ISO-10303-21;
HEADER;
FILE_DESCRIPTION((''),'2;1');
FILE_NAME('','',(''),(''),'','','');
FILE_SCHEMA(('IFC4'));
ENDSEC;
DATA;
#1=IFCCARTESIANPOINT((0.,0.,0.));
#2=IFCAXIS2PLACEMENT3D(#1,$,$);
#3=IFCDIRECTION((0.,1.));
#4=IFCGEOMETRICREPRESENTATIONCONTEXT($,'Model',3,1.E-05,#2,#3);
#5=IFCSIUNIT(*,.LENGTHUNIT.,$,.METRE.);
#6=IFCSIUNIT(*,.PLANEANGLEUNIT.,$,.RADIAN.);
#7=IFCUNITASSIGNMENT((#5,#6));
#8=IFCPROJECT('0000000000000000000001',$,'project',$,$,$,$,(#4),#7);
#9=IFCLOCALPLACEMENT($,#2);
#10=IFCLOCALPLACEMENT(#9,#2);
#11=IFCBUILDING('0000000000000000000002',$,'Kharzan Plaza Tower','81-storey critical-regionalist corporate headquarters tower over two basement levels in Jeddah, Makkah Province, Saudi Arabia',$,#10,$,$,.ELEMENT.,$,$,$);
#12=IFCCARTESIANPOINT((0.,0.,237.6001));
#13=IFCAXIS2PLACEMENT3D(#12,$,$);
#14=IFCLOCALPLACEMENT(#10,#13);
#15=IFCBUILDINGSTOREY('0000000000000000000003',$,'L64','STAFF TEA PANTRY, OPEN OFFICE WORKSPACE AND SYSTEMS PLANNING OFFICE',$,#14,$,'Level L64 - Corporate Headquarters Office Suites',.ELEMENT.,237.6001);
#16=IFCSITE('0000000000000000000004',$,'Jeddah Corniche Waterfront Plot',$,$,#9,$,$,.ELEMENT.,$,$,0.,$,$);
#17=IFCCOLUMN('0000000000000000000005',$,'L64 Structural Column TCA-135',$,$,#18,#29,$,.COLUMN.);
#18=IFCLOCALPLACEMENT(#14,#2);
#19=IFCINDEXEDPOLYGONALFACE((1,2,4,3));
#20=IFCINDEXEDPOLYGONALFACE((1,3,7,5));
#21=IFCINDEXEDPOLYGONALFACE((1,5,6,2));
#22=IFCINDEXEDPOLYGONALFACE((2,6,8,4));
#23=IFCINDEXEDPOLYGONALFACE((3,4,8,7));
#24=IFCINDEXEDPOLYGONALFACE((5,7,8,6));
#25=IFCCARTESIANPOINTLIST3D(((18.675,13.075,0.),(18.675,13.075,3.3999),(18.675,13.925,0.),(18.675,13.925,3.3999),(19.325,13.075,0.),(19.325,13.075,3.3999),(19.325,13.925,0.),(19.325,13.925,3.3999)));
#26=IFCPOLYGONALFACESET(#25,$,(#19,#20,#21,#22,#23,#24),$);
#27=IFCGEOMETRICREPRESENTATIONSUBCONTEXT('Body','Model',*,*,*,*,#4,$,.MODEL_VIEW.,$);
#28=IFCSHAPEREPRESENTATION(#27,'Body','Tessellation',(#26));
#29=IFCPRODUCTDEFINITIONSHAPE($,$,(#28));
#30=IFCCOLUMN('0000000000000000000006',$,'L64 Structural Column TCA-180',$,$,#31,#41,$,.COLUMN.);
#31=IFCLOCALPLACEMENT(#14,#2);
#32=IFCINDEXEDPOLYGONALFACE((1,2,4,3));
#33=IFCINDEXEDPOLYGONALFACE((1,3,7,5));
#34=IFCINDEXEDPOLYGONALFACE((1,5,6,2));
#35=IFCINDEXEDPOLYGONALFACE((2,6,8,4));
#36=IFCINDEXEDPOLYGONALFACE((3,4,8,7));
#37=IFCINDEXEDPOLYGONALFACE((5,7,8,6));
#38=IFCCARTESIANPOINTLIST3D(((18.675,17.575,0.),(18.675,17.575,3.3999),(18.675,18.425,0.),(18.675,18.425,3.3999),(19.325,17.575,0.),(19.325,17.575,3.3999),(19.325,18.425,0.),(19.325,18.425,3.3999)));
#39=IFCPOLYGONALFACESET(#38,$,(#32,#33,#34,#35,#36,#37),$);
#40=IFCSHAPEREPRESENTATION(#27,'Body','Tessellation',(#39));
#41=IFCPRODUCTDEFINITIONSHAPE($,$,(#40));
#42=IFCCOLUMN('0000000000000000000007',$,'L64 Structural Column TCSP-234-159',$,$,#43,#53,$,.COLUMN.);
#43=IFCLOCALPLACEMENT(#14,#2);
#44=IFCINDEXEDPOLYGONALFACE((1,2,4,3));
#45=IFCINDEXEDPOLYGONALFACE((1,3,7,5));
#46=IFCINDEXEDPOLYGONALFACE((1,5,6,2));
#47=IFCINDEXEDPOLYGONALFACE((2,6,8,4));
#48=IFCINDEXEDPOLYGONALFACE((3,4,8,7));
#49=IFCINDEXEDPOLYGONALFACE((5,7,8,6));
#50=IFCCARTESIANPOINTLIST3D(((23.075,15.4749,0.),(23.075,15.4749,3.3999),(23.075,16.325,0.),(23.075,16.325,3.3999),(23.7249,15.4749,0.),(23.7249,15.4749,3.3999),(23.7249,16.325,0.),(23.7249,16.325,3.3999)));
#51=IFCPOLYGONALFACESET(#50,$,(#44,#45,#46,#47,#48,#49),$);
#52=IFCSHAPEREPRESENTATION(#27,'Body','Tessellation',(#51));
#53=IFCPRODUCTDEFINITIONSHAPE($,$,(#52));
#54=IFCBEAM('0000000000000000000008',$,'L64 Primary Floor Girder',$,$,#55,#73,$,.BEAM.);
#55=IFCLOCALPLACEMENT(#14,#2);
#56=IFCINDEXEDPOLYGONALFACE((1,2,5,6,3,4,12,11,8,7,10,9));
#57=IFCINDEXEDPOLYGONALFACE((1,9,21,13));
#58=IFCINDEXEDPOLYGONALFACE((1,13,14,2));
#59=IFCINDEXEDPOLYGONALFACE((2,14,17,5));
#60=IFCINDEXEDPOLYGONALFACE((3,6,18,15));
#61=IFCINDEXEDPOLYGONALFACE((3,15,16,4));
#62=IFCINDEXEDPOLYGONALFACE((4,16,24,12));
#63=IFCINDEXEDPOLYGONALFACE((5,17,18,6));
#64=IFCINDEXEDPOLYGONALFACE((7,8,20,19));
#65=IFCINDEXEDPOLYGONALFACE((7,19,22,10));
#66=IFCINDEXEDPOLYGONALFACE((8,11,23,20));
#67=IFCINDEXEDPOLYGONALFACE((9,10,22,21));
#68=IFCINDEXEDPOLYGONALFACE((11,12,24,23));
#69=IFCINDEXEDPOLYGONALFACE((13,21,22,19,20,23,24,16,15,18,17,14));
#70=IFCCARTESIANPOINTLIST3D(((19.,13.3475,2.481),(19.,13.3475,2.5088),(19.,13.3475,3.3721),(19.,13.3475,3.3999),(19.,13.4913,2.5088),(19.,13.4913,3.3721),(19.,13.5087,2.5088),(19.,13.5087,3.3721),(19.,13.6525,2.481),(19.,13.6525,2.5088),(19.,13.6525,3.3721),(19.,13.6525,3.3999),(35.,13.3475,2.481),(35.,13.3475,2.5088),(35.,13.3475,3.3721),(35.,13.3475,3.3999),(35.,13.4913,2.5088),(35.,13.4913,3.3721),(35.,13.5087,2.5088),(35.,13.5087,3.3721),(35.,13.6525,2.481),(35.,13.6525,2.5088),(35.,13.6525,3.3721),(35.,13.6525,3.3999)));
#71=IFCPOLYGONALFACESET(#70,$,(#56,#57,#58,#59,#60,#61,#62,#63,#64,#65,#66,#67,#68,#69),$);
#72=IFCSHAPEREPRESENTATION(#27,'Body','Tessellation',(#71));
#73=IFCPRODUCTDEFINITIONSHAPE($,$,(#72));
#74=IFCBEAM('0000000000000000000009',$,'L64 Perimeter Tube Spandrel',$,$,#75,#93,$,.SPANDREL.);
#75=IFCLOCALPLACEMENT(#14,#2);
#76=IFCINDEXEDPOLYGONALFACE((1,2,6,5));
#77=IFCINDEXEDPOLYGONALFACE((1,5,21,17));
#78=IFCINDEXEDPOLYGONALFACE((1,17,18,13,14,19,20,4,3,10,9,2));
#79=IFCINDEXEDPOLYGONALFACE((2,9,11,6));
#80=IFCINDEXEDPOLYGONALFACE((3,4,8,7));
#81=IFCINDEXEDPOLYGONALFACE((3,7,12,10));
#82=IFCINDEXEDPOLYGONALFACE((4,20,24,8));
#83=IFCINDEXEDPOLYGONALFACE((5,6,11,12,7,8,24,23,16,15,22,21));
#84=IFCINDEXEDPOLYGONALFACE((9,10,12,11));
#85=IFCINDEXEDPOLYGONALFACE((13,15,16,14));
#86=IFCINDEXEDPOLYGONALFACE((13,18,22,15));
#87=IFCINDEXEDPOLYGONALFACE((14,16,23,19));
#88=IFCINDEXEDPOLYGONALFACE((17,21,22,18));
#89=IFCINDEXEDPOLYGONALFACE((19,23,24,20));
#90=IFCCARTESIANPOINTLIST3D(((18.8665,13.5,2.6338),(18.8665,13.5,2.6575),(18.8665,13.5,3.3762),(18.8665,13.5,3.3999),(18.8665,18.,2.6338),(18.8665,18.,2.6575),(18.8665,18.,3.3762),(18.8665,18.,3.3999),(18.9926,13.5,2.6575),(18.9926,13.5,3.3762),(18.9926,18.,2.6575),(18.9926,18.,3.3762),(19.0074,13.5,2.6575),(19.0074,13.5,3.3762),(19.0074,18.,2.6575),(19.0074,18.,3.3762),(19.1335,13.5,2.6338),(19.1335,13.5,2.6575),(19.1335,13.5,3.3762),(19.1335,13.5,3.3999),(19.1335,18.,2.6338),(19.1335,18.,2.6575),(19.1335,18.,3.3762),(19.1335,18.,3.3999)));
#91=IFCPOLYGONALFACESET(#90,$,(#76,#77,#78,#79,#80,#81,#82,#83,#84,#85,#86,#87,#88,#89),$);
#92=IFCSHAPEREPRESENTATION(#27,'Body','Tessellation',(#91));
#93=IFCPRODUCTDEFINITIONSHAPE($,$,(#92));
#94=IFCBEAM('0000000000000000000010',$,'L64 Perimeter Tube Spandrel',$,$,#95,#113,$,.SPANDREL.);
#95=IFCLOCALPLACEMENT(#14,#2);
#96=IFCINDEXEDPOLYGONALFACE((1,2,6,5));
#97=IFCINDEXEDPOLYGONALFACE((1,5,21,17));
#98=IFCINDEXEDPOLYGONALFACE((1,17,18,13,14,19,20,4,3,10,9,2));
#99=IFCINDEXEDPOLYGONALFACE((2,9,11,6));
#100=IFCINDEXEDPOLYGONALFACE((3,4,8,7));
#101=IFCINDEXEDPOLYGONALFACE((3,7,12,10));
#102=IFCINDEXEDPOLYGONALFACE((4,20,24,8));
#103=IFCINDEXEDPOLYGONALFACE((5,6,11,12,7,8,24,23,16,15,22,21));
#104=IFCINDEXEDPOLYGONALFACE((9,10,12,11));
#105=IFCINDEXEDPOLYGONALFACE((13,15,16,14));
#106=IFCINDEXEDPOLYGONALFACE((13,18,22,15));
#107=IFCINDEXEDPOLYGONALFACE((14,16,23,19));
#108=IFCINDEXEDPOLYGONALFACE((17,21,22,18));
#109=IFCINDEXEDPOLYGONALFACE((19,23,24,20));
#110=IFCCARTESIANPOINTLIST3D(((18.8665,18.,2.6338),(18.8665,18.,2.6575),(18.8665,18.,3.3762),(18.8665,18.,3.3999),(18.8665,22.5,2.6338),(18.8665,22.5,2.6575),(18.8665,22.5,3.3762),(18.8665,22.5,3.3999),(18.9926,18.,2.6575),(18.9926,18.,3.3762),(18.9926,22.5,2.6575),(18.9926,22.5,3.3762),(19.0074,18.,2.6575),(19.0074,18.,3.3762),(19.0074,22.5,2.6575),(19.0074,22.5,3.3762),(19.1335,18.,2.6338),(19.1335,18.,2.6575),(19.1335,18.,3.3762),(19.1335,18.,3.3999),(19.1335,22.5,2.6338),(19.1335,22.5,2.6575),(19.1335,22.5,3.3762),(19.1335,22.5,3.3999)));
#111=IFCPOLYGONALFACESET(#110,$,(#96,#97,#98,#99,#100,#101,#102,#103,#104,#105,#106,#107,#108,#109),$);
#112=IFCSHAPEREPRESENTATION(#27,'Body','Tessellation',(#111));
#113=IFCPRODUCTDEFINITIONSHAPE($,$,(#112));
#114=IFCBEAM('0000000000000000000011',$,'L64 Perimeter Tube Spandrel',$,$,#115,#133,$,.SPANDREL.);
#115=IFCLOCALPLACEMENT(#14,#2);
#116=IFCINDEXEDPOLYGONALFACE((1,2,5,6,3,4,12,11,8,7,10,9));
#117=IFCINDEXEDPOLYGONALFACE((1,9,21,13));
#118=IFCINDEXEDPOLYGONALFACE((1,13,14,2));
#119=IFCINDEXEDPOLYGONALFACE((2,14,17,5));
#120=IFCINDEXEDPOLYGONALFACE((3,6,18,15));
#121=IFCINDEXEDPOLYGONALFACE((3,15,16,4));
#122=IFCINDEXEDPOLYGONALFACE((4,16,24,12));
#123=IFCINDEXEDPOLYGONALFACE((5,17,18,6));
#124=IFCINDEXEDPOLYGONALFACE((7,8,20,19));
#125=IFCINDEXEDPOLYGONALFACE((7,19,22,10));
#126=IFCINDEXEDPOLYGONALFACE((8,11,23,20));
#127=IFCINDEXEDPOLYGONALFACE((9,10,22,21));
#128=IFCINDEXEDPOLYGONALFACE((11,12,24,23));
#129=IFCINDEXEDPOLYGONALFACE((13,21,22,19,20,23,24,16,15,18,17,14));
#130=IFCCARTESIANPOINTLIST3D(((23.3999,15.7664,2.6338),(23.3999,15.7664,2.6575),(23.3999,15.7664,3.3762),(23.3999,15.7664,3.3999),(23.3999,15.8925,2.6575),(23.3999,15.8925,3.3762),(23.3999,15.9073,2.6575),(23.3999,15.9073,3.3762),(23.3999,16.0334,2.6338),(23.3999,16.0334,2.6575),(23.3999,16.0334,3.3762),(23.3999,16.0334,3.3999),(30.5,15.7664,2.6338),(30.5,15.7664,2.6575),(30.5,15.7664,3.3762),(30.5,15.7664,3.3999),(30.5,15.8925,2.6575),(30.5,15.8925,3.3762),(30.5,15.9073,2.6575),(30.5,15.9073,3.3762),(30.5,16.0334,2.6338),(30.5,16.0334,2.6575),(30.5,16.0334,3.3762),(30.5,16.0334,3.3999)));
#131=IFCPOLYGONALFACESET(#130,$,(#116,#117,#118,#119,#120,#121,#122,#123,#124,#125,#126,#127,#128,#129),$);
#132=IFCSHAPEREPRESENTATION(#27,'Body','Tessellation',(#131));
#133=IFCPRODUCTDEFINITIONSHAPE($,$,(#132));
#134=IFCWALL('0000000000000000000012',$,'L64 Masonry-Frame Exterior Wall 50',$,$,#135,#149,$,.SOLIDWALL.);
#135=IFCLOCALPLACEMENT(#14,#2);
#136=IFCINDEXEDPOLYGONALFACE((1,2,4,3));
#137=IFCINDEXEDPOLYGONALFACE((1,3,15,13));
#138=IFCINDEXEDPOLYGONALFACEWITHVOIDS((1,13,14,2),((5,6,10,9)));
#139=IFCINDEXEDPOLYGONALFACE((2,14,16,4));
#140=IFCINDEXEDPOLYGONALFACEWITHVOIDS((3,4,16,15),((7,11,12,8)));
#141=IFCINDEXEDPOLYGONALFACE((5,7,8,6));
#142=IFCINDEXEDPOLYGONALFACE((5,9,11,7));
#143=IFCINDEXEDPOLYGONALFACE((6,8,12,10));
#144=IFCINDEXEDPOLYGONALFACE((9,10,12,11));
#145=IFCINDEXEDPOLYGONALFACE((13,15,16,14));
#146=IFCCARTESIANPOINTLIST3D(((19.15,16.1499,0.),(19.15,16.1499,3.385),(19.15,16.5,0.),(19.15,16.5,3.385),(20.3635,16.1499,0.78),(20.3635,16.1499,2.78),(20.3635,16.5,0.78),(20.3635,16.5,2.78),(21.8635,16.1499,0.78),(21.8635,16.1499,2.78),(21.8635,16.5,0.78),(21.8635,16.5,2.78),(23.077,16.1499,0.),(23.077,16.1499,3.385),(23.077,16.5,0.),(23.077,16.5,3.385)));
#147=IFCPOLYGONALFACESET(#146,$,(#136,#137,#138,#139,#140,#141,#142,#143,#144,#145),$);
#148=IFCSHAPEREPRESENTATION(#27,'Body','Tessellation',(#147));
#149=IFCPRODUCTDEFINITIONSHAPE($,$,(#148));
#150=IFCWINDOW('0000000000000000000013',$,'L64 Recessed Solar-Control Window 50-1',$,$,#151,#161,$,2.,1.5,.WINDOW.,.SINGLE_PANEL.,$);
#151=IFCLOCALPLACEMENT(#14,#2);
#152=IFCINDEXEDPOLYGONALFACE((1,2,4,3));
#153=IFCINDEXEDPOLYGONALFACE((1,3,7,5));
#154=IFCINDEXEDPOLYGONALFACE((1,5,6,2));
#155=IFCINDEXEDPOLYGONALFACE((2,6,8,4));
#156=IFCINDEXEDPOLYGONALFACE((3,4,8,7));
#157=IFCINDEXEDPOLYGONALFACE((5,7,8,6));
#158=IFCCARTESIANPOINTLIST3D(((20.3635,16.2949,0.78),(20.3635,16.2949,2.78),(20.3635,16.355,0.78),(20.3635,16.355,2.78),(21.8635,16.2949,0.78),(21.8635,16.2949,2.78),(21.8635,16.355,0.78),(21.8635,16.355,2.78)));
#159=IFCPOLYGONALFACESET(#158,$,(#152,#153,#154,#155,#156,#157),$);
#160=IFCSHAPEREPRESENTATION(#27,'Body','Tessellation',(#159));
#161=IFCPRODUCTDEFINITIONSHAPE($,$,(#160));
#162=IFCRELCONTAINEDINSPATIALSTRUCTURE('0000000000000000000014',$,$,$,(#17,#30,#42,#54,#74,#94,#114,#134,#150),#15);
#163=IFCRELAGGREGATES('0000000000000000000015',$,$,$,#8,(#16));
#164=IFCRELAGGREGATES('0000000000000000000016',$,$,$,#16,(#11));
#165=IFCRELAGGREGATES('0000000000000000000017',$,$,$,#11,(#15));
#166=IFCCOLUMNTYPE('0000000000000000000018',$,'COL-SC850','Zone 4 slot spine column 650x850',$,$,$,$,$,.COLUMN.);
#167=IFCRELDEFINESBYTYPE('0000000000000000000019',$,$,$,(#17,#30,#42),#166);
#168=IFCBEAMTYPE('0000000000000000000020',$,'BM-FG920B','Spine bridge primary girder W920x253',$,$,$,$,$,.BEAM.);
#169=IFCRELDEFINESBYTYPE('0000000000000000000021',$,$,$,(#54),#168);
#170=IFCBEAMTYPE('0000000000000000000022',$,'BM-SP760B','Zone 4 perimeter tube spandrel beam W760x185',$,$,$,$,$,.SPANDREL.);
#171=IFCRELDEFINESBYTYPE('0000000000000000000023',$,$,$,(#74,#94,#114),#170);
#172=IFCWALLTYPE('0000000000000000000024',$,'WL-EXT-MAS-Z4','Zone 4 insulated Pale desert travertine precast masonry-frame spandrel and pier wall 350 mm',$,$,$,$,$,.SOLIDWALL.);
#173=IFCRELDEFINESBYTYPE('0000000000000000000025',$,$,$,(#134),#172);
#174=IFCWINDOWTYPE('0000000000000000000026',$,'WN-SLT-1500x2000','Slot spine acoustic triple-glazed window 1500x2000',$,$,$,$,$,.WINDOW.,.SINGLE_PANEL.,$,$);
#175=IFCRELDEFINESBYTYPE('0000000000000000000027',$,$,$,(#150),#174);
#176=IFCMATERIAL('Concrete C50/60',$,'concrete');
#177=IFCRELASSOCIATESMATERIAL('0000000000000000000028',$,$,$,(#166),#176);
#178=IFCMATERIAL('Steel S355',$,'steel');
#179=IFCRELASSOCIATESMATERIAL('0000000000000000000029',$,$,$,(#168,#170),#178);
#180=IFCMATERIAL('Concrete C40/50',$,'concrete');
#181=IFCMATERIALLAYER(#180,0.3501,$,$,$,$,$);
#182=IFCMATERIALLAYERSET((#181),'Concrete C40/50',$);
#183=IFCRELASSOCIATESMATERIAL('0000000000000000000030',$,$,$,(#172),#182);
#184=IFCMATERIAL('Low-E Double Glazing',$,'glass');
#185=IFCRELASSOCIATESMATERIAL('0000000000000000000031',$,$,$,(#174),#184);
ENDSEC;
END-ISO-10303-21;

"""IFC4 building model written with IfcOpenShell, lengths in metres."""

from ifc_helpers import new_model, si_unit, direction, frame, frame_2d, origin, origin_2d, place, context, subcontext, project, spatial, rectangle, i_section, extrude, source, transform, mapped, material, layer, layer_set, material_profile, profile_set, type_object, element, fill, save


model = new_model("IFC4")

# Units and contexts
model_context = context("Model", 3, precision=1e-05, world=origin(), true_north=direction((0.0, 1.0)))
body_context = subcontext(model_context, "Body", "Model", "MODEL_VIEW")
ifc_project = project(units=[si_unit("LENGTHUNIT", "METRE"), si_unit("PLANEANGLEUNIT", "RADIAN")], contexts=[model_context])

# Site, building, storey
site_placement = place(None, origin())
site = spatial("IfcSite", under=ifc_project, at=site_placement, Name="Jeddah Corniche Waterfront Plot", CompositionType="ELEMENT", RefElevation=0.0)
building_placement = place(site_placement, origin())
building = spatial("IfcBuilding", under=site, at=building_placement, Name="Kharzan Plaza Tower", Description="81-storey critical-regionalist corporate headquarters tower over two basement levels in Jeddah, Makkah Province, Saudi Arabia", CompositionType="ELEMENT")
storey_placement = place(building_placement, frame((0.0, 0.0, 237.6001)))
storey = spatial("IfcBuildingStorey", under=building, at=storey_placement, Name="L64", Description="STAFF TEA PANTRY, OPEN OFFICE WORKSPACE AND SYSTEMS PLANNING OFFICE", LongName="Level L64 - Corporate Headquarters Office Suites", CompositionType="ELEMENT", Elevation=237.6001)

# Columns
ifc_material_1 = material(Name="Concrete C50/60", Category="concrete")
ifc_material_profile_1 = material_profile(ifc_material_1, rectangle(XDim=0.6499, YDim=0.8501, at=origin_2d()), Name="RC-SC850x650")
ifc_profile_set_1 = profile_set([ifc_material_profile_1], Name="Concrete C50/60")
column_type = type_object("IfcColumnType", Name="COL-SC850", Description="Zone 4 slot spine column 650x850", PredefinedType="COLUMN", material=ifc_profile_set_1)
shared_shape_1 = source(origin(), body_context, "Body", "SweptSolid", [
    extrude(rectangle(XDim=0.6499, YDim=0.8501, at=origin_2d()), origin(), (0.0, 0.0, 1.0), 3.3999),
])
for number, where, z_axis, x_axis, name in (
    (1, (19.0, 13.5, 0.0), (0.0, 0.0, 1.0), (1.0, 0.0, 0.0), "L64 Structural Column TCA-135"),
    (2, (19.0, 18.0, 0.0), (0.0, 0.0, 1.0), (1.0, 0.0, 0.0), "L64 Structural Column TCA-180"),
    (3, (23.3999, 15.8999, 0.0), (0.0, 0.0, 1.0), (1.0, 0.0, 0.0), "L64 Structural Column TCSP-234-159"),
):
    element("IfcColumn", number, at=place(storey_placement, frame(where, z_axis=z_axis, x_axis=x_axis)), inside=storey, type_object=column_type, Name=name, PredefinedType="COLUMN", context=body_context, shape_type="MappedRepresentation", body=[
        mapped(shared_shape_1, transform((0.0, 0.0, 0.0), x_axis=(1.0, 0.0, 0.0), y_axis=(0.0, 1.0, 0.0), z_axis=(0.0, 0.0, 1.0))),
    ])

# Beams
ifc_material_2 = material(Name="Steel S355", Category="steel")
ifc_material_profile_2 = material_profile(ifc_material_2, i_section(OverallWidth=0.3049, OverallDepth=0.9189, WebThickness=0.0173, FlangeThickness=0.0278, at=origin_2d()), Name="W920x253")
ifc_profile_set_2 = profile_set([ifc_material_profile_2], Name="Steel S355")
beam_type_1 = type_object("IfcBeamType", Name="BM-FG920B", Description="Spine bridge primary girder W920x253", PredefinedType="BEAM", material=ifc_profile_set_2)
shared_shape_2 = source(origin(), body_context, "Body", "SweptSolid", [
    extrude(i_section(OverallWidth=0.3049, OverallDepth=0.9189, WebThickness=0.0173, FlangeThickness=0.0278, at=origin_2d()), origin(), (0.0, 0.0, 1.0), 16.0),
])
beam_1_placement = place(storey_placement, frame((19.0, 13.5, 2.9404), z_axis=(1.0, 0.0, 0.0), x_axis=(0.0, 1.0, 0.0)))
element("IfcBeam", 4, at=beam_1_placement, inside=storey, type_object=beam_type_1, Name="L64 Primary Floor Girder", PredefinedType="BEAM", context=body_context, shape_type="MappedRepresentation", body=[
    mapped(shared_shape_2, transform((0.0, 0.0, 0.0), x_axis=(1.0, 0.0, 0.0), y_axis=(0.0, 1.0, 0.0), z_axis=(0.0, 0.0, 1.0))),
])
ifc_material_profile_3 = material_profile(ifc_material_2, i_section(OverallWidth=0.2671, OverallDepth=0.7661, WebThickness=0.0149, FlangeThickness=0.0237, at=origin_2d()), Name="W760x185")
ifc_profile_set_3 = profile_set([ifc_material_profile_3], Name="Steel S355")
beam_type_2 = type_object("IfcBeamType", Name="BM-SP760B", Description="Zone 4 perimeter tube spandrel beam W760x185", PredefinedType="SPANDREL", material=ifc_profile_set_3)
shared_shape_3 = source(origin(), body_context, "Body", "SweptSolid", [
    extrude(i_section(OverallWidth=0.2671, OverallDepth=0.7661, WebThickness=0.0149, FlangeThickness=0.0237, at=origin_2d()), origin(), (0.0, 0.0, 1.0), 4.5),
])
for number, where, z_axis, x_axis, name in (
    (5, (19.0, 13.5, 3.0168), (0.0, 1.0, 0.0), (-1.0, 0.0, 0.0), "L64 Perimeter Tube Spandrel"),
    (6, (19.0, 18.0, 3.0168), (0.0, 1.0, 0.0), (-1.0, 0.0, 0.0), "L64 Perimeter Tube Spandrel"),
):
    element("IfcBeam", number, at=place(storey_placement, frame(where, z_axis=z_axis, x_axis=x_axis)), inside=storey, type_object=beam_type_2, Name=name, PredefinedType="SPANDREL", context=body_context, shape_type="MappedRepresentation", body=[
        mapped(shared_shape_3, transform((0.0, 0.0, 0.0), x_axis=(1.0, 0.0, 0.0), y_axis=(0.0, 1.0, 0.0), z_axis=(0.0, 0.0, 1.0))),
    ])
shared_shape_4 = source(origin(), body_context, "Body", "SweptSolid", [
    extrude(i_section(OverallWidth=0.2671, OverallDepth=0.7661, WebThickness=0.0149, FlangeThickness=0.0237, at=origin_2d()), origin(), (0.0, 0.0, 1.0), 7.1001),
])
beam_2_placement = place(storey_placement, frame((23.3999, 15.8999, 3.0168), z_axis=(1.0, 0.0, 0.0), x_axis=(0.0, 1.0, 0.0)))
element("IfcBeam", 7, at=beam_2_placement, inside=storey, type_object=beam_type_2, Name="L64 Perimeter Tube Spandrel", PredefinedType="SPANDREL", context=body_context, shape_type="MappedRepresentation", body=[
    mapped(shared_shape_4, transform((0.0, 0.0, 0.0), x_axis=(1.0, 0.0, 0.0), y_axis=(0.0, 1.0, 0.0), z_axis=(0.0, 0.0, 1.0))),
])

# Wall, opening, window
ifc_material_3 = material(Name="Concrete C40/50", Category="concrete")
ifc_layer_1 = layer(ifc_material_3, 0.3501)
ifc_layer_set_1 = layer_set([ifc_layer_1], Name="Concrete C40/50")
wall_type_1 = type_object("IfcWallType", Name="WL-EXT-MAS-Z4", Description="Zone 4 insulated Pale desert travertine precast masonry-frame spandrel and pier wall 350 mm", PredefinedType="SOLIDWALL", material=ifc_layer_set_1)
wall_1_placement = place(storey_placement, frame((23.0769, 16.325, 0.0), z_axis=(0.0, 0.0, 1.0), x_axis=(-1.0, 0.0, 0.0)))
wall_1 = element("IfcWall", 8, at=wall_1_placement, inside=storey, type_object=wall_type_1, Name="L64 Masonry-Frame Exterior Wall 50", PredefinedType="SOLIDWALL", context=body_context, shape_type="SweptSolid", body=[
    extrude(rectangle(XDim=3.927, YDim=0.3501, at=frame_2d((1.9634, 0.0))), origin(), (0.0, 0.0, 1.0), 3.385),
])
opening_1_placement = place(wall_1_placement, frame((1.2134, 0.0, 0.78)))
opening_1 = element("IfcOpeningElement", 9, at=opening_1_placement, cuts=wall_1, PredefinedType="OPENING", context=body_context, shape_type="SweptSolid", body=[
    extrude(rectangle(XDim=1.5, YDim=2.0, at=frame_2d((0.75, 1.0))), frame((0.0, 0.1851, 0.0), z_axis=(0.0, -1.0, 0.0), x_axis=(1.0, 0.0, 0.0)), (0.0, 0.0, 1.0), 0.3701),
])
ifc_material_4 = material(Name="Low-E Double Glazing", Category="glass")
window_type = type_object("IfcWindowType", Name="WN-SLT-1500x2000", Description="Slot spine acoustic triple-glazed window 1500x2000", PartitioningType="SINGLE_PANEL", PredefinedType="WINDOW", material=ifc_material_4)
shared_shape_5 = source(origin(), body_context, "Body", "SweptSolid", [
    extrude(rectangle(XDim=1.5, YDim=2.0, at=frame_2d((0.75, 1.0))), frame((0.0, 0.03, 0.0), z_axis=(0.0, -1.0, 0.0), x_axis=(1.0, 0.0, 0.0)), (0.0, 0.0, 1.0), 0.0601),
])
window_placement = place(opening_1_placement, origin())
window = element("IfcWindow", 10, at=window_placement, inside=storey, type_object=window_type, Name="L64 Recessed Solar-Control Window 50-1", OverallHeight=2.0, OverallWidth=1.5, PartitioningType="SINGLE_PANEL", PredefinedType="WINDOW", context=body_context, shape_type="MappedRepresentation", body=[
    mapped(shared_shape_5, transform((0.0, 0.0, 0.0), x_axis=(1.0, 0.0, 0.0), y_axis=(0.0, 1.0, 0.0), z_axis=(0.0, 0.0, 1.0))),
])
fill(opening_1, window)

save(model, "model.ifc")
